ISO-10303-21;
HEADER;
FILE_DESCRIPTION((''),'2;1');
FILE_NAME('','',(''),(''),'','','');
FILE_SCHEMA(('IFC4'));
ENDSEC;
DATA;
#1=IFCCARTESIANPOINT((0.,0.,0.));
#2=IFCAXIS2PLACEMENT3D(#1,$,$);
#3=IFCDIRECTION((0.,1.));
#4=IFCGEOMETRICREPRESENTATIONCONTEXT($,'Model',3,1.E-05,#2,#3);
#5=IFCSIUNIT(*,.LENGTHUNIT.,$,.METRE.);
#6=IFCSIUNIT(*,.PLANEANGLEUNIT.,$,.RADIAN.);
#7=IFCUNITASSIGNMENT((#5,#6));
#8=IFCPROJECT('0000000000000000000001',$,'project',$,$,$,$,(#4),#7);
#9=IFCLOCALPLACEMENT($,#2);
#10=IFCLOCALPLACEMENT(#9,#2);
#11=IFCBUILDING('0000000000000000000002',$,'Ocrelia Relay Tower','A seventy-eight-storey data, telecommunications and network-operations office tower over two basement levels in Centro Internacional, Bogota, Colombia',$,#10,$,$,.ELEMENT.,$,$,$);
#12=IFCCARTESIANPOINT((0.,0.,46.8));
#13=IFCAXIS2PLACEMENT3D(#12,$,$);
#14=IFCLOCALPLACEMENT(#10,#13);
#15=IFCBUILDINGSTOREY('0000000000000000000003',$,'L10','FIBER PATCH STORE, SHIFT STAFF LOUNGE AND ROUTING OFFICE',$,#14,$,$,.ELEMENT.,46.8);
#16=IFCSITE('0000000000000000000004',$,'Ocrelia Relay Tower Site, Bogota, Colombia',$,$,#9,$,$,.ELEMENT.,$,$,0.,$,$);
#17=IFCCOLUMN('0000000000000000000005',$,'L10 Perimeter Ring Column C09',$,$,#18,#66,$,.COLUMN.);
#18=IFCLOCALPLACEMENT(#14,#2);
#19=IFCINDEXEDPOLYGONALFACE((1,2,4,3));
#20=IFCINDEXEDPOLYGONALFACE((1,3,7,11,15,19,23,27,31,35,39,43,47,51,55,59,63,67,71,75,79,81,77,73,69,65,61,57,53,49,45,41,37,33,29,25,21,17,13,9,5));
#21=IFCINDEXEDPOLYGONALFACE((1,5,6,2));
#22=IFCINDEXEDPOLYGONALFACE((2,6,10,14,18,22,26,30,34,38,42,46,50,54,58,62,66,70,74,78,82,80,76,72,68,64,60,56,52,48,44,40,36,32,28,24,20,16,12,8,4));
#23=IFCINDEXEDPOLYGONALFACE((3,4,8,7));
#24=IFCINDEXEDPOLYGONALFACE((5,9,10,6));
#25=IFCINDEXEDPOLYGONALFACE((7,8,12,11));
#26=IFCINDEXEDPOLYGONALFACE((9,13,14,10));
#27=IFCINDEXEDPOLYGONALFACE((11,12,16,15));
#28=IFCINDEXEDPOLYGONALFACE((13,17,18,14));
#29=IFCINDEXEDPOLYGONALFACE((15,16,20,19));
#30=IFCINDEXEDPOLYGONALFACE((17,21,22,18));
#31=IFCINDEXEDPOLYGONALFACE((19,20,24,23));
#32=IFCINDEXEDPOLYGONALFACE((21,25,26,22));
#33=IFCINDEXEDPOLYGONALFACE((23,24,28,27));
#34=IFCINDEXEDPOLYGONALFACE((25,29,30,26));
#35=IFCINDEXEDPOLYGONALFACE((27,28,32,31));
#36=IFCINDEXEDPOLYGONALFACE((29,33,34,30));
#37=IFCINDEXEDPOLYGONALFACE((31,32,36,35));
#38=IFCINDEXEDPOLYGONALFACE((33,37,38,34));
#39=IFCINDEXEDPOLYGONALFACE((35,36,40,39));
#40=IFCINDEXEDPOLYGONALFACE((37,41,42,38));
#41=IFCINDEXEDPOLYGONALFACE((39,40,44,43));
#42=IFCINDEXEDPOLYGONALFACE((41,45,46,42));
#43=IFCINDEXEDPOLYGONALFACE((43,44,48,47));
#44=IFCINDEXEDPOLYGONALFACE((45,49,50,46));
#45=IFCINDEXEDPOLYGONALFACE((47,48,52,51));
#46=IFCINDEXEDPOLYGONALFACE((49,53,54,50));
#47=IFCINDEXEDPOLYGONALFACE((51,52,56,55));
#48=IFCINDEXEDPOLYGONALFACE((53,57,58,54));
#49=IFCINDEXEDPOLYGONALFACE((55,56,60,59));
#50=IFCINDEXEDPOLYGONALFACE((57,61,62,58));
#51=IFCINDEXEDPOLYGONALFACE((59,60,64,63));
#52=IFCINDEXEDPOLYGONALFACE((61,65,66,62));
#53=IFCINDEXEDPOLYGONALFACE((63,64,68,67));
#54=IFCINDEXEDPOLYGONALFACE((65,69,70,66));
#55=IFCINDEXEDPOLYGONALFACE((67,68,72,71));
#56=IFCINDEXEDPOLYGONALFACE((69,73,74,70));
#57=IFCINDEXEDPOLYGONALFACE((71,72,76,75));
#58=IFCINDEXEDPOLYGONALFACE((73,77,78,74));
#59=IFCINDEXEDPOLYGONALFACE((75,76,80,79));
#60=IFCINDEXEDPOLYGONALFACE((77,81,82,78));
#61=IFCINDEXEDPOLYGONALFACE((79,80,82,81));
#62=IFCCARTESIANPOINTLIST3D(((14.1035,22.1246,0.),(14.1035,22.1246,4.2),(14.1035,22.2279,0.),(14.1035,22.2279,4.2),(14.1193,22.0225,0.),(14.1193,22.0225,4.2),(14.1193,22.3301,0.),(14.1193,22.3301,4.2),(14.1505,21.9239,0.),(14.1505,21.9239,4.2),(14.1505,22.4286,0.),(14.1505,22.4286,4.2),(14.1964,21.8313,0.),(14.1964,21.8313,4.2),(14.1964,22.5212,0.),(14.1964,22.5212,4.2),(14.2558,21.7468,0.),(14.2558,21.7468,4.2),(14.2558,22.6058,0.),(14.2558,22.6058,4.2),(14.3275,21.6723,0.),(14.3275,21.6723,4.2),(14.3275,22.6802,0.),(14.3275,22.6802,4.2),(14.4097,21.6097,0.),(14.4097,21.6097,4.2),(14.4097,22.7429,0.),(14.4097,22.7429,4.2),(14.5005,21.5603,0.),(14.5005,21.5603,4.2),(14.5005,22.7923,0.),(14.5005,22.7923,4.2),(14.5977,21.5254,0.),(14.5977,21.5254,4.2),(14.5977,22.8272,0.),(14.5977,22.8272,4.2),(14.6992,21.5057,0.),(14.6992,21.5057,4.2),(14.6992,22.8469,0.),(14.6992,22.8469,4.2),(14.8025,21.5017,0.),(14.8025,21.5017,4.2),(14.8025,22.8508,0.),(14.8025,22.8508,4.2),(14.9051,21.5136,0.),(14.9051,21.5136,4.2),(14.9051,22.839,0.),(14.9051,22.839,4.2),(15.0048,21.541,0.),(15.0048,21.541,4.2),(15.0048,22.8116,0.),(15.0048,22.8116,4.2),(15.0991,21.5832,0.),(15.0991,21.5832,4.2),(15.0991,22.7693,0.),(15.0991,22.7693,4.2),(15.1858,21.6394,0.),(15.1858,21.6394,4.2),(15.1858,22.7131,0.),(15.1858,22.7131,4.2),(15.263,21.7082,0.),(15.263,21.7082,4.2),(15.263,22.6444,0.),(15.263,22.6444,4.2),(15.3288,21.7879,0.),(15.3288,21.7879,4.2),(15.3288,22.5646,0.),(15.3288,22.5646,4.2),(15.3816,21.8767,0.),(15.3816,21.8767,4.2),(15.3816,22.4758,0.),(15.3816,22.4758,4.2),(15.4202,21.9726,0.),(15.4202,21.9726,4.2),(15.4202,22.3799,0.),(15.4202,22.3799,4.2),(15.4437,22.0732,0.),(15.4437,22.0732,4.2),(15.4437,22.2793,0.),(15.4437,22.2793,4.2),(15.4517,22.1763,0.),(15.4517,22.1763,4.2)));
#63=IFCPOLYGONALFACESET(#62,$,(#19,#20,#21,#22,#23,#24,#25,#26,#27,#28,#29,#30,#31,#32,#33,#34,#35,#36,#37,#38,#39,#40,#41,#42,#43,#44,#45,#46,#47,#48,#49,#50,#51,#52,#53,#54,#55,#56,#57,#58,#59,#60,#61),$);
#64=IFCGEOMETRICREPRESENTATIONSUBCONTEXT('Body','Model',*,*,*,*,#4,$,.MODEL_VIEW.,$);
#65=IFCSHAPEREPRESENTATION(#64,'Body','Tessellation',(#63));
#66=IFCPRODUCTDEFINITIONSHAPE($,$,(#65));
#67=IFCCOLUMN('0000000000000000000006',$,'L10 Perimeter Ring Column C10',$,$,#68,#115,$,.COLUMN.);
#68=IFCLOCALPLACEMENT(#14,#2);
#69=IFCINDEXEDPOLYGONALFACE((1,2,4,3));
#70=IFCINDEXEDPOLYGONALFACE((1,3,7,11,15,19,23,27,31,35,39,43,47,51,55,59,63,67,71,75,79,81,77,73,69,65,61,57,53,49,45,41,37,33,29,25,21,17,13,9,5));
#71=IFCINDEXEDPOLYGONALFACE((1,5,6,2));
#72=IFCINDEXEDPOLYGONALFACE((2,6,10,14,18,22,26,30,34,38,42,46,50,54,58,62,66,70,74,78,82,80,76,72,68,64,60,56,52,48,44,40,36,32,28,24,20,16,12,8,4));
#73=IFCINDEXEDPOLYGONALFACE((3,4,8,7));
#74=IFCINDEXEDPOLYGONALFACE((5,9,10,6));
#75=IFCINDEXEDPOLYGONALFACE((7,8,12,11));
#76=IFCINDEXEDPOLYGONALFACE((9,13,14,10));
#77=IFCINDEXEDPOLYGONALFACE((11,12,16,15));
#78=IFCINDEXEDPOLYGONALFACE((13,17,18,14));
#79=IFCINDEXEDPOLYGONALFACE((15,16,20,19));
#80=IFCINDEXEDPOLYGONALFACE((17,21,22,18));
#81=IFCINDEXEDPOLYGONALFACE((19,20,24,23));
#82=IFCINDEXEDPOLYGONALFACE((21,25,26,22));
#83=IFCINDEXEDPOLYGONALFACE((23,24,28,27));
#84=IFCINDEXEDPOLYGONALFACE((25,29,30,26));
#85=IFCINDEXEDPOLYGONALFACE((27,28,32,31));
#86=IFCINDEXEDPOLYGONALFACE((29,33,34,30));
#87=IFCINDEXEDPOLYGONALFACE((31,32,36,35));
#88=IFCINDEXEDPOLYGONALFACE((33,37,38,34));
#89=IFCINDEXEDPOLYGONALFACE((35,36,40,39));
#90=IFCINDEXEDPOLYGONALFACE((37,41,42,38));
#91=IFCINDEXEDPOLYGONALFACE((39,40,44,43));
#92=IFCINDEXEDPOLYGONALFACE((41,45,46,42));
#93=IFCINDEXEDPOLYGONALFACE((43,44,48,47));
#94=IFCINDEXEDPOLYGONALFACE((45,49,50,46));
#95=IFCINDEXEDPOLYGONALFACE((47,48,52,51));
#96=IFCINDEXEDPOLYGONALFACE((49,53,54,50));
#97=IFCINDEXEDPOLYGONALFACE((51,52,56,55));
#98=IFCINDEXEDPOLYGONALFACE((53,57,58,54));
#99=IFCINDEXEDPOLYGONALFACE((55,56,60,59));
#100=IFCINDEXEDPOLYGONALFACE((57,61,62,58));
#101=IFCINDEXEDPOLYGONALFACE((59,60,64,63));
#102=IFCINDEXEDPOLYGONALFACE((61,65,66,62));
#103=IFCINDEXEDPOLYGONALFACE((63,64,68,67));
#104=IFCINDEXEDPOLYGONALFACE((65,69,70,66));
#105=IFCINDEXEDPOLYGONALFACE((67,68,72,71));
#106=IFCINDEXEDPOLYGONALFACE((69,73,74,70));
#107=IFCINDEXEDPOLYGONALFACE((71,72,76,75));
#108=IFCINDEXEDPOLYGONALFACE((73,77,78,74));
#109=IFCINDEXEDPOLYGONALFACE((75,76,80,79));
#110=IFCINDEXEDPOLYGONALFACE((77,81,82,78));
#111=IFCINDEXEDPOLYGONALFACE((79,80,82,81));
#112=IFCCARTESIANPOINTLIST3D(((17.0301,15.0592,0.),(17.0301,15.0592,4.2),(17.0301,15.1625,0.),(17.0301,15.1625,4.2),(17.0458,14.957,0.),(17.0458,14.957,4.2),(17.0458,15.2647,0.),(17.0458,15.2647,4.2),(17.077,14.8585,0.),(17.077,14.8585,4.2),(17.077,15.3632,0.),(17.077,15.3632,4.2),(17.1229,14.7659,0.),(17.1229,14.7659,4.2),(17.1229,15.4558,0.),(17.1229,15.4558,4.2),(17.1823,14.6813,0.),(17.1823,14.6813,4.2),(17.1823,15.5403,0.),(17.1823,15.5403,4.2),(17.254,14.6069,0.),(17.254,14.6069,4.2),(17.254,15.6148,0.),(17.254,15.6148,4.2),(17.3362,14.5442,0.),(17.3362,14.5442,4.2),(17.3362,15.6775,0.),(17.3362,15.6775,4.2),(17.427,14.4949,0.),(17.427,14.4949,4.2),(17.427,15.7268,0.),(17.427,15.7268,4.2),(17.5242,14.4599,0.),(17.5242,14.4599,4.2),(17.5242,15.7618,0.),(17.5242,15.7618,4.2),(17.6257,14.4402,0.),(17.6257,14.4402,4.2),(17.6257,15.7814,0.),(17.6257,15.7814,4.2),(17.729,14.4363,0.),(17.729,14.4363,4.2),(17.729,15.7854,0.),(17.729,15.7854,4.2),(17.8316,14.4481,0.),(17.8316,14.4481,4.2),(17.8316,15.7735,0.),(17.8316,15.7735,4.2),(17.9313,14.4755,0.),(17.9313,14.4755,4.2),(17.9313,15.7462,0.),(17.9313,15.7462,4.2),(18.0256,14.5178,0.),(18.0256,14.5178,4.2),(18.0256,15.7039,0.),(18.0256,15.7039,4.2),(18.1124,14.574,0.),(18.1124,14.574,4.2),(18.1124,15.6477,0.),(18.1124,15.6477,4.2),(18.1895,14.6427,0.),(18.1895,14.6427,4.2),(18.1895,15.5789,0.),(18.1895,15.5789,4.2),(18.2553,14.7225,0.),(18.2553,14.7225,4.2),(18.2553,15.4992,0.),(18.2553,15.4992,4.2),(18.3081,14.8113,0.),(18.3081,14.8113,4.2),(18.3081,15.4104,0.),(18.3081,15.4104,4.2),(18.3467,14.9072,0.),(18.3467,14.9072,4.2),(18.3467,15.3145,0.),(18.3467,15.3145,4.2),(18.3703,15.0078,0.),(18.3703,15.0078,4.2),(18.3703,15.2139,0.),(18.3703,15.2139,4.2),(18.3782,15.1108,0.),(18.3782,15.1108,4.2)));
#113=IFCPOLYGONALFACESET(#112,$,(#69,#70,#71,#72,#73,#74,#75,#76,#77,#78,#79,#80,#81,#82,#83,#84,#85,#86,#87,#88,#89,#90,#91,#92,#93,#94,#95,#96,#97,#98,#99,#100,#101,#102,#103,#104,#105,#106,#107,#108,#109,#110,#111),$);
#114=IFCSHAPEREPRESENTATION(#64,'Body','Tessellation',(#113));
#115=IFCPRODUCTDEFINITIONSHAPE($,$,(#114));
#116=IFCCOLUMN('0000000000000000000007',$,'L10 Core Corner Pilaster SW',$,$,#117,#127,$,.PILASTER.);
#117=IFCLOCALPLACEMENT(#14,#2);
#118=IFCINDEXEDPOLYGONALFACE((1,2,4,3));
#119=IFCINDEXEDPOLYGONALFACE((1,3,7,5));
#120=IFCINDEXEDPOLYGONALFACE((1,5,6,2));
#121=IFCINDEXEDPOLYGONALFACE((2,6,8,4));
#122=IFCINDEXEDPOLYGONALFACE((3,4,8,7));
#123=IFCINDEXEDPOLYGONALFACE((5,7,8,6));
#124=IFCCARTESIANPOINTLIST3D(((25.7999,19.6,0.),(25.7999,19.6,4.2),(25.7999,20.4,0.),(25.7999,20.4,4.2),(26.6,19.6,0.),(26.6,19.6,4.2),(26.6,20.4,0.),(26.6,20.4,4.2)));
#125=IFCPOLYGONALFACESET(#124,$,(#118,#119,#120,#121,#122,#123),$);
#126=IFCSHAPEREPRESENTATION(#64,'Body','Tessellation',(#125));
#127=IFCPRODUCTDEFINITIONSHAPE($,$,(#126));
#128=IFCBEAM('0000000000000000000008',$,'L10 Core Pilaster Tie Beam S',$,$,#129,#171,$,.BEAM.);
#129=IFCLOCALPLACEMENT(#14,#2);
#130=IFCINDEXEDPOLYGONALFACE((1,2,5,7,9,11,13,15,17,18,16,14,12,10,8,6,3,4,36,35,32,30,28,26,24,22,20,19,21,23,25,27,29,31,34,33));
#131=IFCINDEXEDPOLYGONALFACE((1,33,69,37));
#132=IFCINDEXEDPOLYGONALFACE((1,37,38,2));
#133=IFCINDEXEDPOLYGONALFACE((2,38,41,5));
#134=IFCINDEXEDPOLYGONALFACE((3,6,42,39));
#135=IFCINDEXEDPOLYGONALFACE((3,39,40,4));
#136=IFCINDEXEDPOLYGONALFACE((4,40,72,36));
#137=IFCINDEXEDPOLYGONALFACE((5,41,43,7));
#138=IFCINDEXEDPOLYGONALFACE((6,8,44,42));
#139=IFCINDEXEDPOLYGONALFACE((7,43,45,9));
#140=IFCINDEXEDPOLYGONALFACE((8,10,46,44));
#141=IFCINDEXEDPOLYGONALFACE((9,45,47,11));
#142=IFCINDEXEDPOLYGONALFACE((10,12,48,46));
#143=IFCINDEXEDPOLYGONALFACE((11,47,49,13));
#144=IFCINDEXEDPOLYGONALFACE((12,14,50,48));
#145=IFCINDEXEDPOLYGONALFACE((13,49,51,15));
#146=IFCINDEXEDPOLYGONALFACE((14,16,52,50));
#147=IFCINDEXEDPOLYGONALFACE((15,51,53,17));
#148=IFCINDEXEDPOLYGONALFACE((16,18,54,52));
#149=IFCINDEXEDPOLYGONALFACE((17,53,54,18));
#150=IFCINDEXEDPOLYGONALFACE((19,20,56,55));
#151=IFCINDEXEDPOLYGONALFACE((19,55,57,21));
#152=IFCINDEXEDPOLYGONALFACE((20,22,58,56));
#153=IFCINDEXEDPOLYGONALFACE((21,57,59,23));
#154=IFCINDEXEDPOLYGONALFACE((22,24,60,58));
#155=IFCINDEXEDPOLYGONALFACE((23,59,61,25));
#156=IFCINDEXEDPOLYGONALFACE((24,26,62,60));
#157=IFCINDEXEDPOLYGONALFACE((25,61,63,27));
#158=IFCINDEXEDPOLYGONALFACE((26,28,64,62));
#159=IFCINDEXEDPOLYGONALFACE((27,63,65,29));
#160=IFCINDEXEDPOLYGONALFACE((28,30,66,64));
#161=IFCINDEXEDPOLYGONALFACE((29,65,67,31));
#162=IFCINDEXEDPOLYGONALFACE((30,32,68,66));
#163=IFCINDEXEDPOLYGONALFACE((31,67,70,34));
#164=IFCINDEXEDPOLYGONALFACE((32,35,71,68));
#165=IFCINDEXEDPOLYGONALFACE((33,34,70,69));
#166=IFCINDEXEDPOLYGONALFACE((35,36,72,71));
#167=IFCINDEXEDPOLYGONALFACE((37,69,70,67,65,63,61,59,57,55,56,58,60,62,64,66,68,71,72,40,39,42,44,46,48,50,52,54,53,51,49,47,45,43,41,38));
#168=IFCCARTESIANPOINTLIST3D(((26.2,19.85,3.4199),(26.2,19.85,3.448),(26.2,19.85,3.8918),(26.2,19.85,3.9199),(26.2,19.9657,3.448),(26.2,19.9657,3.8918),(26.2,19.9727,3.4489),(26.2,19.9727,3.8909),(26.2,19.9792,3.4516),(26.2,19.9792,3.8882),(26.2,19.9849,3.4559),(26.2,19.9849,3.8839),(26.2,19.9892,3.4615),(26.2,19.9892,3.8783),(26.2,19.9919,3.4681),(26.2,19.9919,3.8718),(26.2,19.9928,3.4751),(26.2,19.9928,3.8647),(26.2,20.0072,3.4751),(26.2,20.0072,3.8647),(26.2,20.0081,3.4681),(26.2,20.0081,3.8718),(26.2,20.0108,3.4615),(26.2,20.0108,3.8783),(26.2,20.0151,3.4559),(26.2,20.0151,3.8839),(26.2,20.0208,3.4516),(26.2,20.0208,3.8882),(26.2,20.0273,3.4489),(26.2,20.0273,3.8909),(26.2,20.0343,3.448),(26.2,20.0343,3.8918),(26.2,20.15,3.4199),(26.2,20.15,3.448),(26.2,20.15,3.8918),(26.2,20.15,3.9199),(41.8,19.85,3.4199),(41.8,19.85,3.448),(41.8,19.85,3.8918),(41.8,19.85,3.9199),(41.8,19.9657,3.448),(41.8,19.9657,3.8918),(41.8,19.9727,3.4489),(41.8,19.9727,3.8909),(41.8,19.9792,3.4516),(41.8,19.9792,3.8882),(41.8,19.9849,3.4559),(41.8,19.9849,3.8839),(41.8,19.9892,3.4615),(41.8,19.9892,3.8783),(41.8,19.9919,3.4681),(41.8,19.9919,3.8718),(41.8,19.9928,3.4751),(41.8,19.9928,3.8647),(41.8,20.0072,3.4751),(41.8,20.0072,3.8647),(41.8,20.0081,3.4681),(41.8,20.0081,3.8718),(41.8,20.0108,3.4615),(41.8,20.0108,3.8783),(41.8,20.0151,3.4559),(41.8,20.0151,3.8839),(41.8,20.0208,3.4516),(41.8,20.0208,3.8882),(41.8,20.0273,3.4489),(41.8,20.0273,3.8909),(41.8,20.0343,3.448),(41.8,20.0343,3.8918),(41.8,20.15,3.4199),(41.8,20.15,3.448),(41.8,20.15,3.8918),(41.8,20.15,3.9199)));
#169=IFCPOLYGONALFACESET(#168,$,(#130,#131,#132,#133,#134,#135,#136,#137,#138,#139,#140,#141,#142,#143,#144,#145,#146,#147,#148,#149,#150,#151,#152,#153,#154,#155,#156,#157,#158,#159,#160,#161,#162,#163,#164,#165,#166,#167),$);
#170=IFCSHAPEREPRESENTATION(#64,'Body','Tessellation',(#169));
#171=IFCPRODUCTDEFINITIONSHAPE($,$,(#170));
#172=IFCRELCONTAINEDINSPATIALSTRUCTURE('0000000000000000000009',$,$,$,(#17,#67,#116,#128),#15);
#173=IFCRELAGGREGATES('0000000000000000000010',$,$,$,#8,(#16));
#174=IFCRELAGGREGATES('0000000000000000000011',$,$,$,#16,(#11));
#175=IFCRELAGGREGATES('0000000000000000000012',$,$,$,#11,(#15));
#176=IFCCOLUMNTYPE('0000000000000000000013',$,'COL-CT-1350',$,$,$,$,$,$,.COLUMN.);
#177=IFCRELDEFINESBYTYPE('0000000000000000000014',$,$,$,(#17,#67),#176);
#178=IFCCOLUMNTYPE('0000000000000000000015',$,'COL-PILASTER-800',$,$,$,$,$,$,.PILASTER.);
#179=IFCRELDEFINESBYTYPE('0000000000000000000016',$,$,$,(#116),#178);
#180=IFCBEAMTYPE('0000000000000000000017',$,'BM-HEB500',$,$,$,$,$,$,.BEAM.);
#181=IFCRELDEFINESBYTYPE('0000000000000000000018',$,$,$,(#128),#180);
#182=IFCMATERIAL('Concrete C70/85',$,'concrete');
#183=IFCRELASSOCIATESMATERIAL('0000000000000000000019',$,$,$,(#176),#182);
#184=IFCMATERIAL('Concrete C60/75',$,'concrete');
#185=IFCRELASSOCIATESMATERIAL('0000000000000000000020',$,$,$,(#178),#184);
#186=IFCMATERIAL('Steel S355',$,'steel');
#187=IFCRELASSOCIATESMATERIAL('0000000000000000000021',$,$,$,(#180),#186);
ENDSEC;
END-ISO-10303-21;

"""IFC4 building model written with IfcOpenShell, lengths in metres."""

from ifc_helpers import new_model, si_unit, direction, frame, origin, origin_2d, place, context, subcontext, project, spatial, rectangle, circle, i_section, extrude, material, material_profile, profile_set, type_object, element, save


model = new_model("IFC4")

# Units and contexts
model_context = context("Model", 3, precision=1e-05, world=origin(), true_north=direction((0.0, 1.0)))
body_context = subcontext(model_context, "Body", "Model", "MODEL_VIEW")
ifc_project = project(units=[si_unit("LENGTHUNIT", "METRE"), si_unit("PLANEANGLEUNIT", "RADIAN")], contexts=[model_context])

# Site, building, storey
site_placement = place(None, origin())
site = spatial("IfcSite", under=ifc_project, at=site_placement, Name="Ocrelia Relay Tower Site, Bogota, Colombia", CompositionType="ELEMENT", RefElevation=0.0)
building_placement = place(site_placement, origin())
building = spatial("IfcBuilding", under=site, at=building_placement, Name="Ocrelia Relay Tower", Description="A seventy-eight-storey data, telecommunications and network-operations office tower over two basement levels in Centro Internacional, Bogota, Colombia", CompositionType="ELEMENT")
storey_placement = place(building_placement, frame((0.0, 0.0, 46.8)))
storey = spatial("IfcBuildingStorey", under=building, at=storey_placement, Name="L10", Description="FIBER PATCH STORE, SHIFT STAFF LOUNGE AND ROUTING OFFICE", CompositionType="ELEMENT", Elevation=46.8)

# Columns
ifc_material_1 = material(Name="Concrete C70/85", Category="concrete")
ifc_material_profile_1 = material_profile(ifc_material_1, circle(Radius=0.675, at=origin_2d()), Name="RC-CIR-1350")
ifc_profile_set_1 = profile_set([ifc_material_profile_1], Name="Concrete C70/85")
column_type_1 = type_object("IfcColumnType", Name="COL-CT-1350", PredefinedType="COLUMN", material=ifc_profile_set_1)
for number, where, z_axis, x_axis, name in (
    (1, (14.7766, 22.1763, 0.0), (0.0, 0.0, 1.0), (1.0, 0.0, 0.0), "L10 Perimeter Ring Column C09"),
    (2, (17.7031, 15.1108, 0.0), (0.0, 0.0, 1.0), (1.0, 0.0, 0.0), "L10 Perimeter Ring Column C10"),
):
    element("IfcColumn", number, at=place(storey_placement, frame(where, z_axis=z_axis, x_axis=x_axis)), inside=storey, type_object=column_type_1, Name=name, PredefinedType="COLUMN", context=body_context, shape_type="SweptSolid", body=[
        extrude(circle(Radius=0.675, at=origin_2d()), origin(), (0.0, 0.0, 1.0), 4.2),
    ])
ifc_material_2 = material(Name="Concrete C60/75", Category="concrete")
ifc_material_profile_2 = material_profile(ifc_material_2, rectangle(XDim=0.8, YDim=0.8, at=origin_2d()), Name="RC-COL-800x800")
ifc_profile_set_2 = profile_set([ifc_material_profile_2], Name="Concrete C60/75")
column_type_2 = type_object("IfcColumnType", Name="COL-PILASTER-800", PredefinedType="PILASTER", material=ifc_profile_set_2)
column_placement = place(storey_placement, frame((26.2, 20.0, 0.0), z_axis=(0.0, 0.0, 1.0), x_axis=(1.0, 0.0, 0.0)))
element("IfcColumn", 3, at=column_placement, inside=storey, type_object=column_type_2, Name="L10 Core Corner Pilaster SW", PredefinedType="PILASTER", context=body_context, shape_type="SweptSolid", body=[
    extrude(rectangle(XDim=0.8, YDim=0.8, at=origin_2d()), origin(), (0.0, 0.0, 1.0), 4.2),
])

# Beam
ifc_material_3 = material(Name="Steel S355", Category="steel")
ifc_material_profile_3 = material_profile(ifc_material_3, i_section(OverallWidth=0.3, OverallDepth=0.5, WebThickness=0.0144, FlangeThickness=0.0281, FilletRadius=0.0271, at=origin_2d()), Name="HEB 500")
ifc_profile_set_3 = profile_set([ifc_material_profile_3], Name="Steel S355")
beam_type_1 = type_object("IfcBeamType", Name="BM-HEB500", PredefinedType="BEAM", material=ifc_profile_set_3)
beam_1_placement = place(storey_placement, frame((26.2, 20.0, 3.6699), z_axis=(1.0, 0.0, 0.0), x_axis=(0.0, 1.0, 0.0)))
element("IfcBeam", 4, at=beam_1_placement, inside=storey, type_object=beam_type_1, Name="L10 Core Pilaster Tie Beam S", PredefinedType="BEAM", context=body_context, shape_type="SweptSolid", body=[
    extrude(i_section(OverallWidth=0.3, OverallDepth=0.5, WebThickness=0.0144, FlangeThickness=0.0281, FilletRadius=0.0271, at=origin_2d()), origin(), (0.0, 0.0, 1.0), 15.6001),
])

save(model, "model.ifc")
